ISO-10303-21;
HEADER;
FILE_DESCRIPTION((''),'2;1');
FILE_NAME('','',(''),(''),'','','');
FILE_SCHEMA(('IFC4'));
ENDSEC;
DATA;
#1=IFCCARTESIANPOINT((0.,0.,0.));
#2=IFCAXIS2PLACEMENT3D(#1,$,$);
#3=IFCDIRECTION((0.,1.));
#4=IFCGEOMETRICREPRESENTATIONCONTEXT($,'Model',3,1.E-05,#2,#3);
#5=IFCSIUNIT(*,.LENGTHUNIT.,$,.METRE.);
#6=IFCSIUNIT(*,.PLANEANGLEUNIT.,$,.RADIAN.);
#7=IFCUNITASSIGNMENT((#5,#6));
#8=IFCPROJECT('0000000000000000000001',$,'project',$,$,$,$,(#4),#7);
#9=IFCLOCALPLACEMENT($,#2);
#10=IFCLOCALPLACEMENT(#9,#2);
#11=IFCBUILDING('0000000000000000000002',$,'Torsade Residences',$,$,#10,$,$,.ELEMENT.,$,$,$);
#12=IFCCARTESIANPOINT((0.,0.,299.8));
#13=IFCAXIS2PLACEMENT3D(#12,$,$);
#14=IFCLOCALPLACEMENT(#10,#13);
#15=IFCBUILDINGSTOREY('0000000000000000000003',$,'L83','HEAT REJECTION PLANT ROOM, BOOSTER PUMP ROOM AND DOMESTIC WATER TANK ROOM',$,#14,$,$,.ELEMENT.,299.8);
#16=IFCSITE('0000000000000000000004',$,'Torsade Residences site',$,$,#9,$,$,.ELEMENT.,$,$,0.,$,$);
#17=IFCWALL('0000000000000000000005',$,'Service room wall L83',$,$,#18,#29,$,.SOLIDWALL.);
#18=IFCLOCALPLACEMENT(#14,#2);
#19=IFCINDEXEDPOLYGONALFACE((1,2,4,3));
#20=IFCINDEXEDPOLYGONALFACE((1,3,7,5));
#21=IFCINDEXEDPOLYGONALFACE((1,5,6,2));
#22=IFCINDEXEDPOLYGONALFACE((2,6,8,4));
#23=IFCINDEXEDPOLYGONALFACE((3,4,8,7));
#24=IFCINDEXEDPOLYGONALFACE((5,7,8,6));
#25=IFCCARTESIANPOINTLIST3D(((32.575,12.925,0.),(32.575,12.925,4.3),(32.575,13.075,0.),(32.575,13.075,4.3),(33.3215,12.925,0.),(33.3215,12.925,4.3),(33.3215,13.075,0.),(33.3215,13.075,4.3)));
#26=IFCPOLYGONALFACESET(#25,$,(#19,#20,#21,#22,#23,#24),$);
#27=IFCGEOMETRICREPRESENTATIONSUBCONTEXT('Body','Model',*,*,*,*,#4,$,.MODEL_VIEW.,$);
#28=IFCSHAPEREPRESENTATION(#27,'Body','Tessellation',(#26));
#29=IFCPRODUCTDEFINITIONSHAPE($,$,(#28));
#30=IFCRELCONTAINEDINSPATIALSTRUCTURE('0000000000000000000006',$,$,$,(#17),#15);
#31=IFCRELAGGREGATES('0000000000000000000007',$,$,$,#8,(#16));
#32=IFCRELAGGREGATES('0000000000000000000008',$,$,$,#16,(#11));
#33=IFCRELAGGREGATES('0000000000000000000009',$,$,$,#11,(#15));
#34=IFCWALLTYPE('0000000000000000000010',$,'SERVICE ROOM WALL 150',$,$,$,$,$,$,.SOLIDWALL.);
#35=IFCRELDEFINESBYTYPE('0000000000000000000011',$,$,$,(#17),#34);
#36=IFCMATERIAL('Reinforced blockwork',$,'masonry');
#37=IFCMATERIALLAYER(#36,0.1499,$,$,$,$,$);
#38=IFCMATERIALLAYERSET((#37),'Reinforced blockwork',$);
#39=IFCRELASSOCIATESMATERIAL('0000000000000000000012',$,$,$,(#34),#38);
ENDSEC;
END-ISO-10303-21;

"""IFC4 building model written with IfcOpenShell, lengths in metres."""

from ifc_helpers import new_model, si_unit, direction, frame, frame_2d, origin, place, context, subcontext, project, spatial, rectangle, extrude, material, layer, layer_set, type_object, element, save


model = new_model("IFC4")

# Units and contexts
model_context = context("Model", 3, precision=1e-05, world=origin(), true_north=direction((0.0, 1.0)))
body_context = subcontext(model_context, "Body", "Model", "MODEL_VIEW")
ifc_project = project(units=[si_unit("LENGTHUNIT", "METRE"), si_unit("PLANEANGLEUNIT", "RADIAN")], contexts=[model_context])

# Site, building, storey
site_placement = place(None, origin())
site = spatial("IfcSite", under=ifc_project, at=site_placement, Name="Torsade Residences site", CompositionType="ELEMENT", RefElevation=0.0)
building_placement = place(site_placement, origin())
building = spatial("IfcBuilding", under=site, at=building_placement, Name="Torsade Residences", CompositionType="ELEMENT")
storey_placement = place(building_placement, frame((0.0, 0.0, 299.8)))
storey = spatial("IfcBuildingStorey", under=building, at=storey_placement, Name="L83", Description="HEAT REJECTION PLANT ROOM, BOOSTER PUMP ROOM AND DOMESTIC WATER TANK ROOM", CompositionType="ELEMENT", Elevation=299.8)

# Wall
ifc_material_1 = material(Name="Reinforced blockwork", Category="masonry")
ifc_layer_1 = layer(ifc_material_1, 0.1499)
ifc_layer_set_1 = layer_set([ifc_layer_1], Name="Reinforced blockwork")
wall_type_1 = type_object("IfcWallType", Name="SERVICE ROOM WALL 150", PredefinedType="SOLIDWALL", material=ifc_layer_set_1)
wall_1_placement = place(storey_placement, frame((33.3215, 13.0, 0.0), z_axis=(0.0, 0.0, 1.0), x_axis=(-1.0, 0.0, 0.0)))
element("IfcWall", 1, at=wall_1_placement, inside=storey, type_object=wall_type_1, Name="Service room wall L83", PredefinedType="SOLIDWALL", context=body_context, shape_type="SweptSolid", body=[
    extrude(rectangle(XDim=0.7466, YDim=0.1499, at=frame_2d((0.3733, 0.0))), origin(), (0.0, 0.0, 1.0), 4.3),
])

save(model, "model.ifc")
